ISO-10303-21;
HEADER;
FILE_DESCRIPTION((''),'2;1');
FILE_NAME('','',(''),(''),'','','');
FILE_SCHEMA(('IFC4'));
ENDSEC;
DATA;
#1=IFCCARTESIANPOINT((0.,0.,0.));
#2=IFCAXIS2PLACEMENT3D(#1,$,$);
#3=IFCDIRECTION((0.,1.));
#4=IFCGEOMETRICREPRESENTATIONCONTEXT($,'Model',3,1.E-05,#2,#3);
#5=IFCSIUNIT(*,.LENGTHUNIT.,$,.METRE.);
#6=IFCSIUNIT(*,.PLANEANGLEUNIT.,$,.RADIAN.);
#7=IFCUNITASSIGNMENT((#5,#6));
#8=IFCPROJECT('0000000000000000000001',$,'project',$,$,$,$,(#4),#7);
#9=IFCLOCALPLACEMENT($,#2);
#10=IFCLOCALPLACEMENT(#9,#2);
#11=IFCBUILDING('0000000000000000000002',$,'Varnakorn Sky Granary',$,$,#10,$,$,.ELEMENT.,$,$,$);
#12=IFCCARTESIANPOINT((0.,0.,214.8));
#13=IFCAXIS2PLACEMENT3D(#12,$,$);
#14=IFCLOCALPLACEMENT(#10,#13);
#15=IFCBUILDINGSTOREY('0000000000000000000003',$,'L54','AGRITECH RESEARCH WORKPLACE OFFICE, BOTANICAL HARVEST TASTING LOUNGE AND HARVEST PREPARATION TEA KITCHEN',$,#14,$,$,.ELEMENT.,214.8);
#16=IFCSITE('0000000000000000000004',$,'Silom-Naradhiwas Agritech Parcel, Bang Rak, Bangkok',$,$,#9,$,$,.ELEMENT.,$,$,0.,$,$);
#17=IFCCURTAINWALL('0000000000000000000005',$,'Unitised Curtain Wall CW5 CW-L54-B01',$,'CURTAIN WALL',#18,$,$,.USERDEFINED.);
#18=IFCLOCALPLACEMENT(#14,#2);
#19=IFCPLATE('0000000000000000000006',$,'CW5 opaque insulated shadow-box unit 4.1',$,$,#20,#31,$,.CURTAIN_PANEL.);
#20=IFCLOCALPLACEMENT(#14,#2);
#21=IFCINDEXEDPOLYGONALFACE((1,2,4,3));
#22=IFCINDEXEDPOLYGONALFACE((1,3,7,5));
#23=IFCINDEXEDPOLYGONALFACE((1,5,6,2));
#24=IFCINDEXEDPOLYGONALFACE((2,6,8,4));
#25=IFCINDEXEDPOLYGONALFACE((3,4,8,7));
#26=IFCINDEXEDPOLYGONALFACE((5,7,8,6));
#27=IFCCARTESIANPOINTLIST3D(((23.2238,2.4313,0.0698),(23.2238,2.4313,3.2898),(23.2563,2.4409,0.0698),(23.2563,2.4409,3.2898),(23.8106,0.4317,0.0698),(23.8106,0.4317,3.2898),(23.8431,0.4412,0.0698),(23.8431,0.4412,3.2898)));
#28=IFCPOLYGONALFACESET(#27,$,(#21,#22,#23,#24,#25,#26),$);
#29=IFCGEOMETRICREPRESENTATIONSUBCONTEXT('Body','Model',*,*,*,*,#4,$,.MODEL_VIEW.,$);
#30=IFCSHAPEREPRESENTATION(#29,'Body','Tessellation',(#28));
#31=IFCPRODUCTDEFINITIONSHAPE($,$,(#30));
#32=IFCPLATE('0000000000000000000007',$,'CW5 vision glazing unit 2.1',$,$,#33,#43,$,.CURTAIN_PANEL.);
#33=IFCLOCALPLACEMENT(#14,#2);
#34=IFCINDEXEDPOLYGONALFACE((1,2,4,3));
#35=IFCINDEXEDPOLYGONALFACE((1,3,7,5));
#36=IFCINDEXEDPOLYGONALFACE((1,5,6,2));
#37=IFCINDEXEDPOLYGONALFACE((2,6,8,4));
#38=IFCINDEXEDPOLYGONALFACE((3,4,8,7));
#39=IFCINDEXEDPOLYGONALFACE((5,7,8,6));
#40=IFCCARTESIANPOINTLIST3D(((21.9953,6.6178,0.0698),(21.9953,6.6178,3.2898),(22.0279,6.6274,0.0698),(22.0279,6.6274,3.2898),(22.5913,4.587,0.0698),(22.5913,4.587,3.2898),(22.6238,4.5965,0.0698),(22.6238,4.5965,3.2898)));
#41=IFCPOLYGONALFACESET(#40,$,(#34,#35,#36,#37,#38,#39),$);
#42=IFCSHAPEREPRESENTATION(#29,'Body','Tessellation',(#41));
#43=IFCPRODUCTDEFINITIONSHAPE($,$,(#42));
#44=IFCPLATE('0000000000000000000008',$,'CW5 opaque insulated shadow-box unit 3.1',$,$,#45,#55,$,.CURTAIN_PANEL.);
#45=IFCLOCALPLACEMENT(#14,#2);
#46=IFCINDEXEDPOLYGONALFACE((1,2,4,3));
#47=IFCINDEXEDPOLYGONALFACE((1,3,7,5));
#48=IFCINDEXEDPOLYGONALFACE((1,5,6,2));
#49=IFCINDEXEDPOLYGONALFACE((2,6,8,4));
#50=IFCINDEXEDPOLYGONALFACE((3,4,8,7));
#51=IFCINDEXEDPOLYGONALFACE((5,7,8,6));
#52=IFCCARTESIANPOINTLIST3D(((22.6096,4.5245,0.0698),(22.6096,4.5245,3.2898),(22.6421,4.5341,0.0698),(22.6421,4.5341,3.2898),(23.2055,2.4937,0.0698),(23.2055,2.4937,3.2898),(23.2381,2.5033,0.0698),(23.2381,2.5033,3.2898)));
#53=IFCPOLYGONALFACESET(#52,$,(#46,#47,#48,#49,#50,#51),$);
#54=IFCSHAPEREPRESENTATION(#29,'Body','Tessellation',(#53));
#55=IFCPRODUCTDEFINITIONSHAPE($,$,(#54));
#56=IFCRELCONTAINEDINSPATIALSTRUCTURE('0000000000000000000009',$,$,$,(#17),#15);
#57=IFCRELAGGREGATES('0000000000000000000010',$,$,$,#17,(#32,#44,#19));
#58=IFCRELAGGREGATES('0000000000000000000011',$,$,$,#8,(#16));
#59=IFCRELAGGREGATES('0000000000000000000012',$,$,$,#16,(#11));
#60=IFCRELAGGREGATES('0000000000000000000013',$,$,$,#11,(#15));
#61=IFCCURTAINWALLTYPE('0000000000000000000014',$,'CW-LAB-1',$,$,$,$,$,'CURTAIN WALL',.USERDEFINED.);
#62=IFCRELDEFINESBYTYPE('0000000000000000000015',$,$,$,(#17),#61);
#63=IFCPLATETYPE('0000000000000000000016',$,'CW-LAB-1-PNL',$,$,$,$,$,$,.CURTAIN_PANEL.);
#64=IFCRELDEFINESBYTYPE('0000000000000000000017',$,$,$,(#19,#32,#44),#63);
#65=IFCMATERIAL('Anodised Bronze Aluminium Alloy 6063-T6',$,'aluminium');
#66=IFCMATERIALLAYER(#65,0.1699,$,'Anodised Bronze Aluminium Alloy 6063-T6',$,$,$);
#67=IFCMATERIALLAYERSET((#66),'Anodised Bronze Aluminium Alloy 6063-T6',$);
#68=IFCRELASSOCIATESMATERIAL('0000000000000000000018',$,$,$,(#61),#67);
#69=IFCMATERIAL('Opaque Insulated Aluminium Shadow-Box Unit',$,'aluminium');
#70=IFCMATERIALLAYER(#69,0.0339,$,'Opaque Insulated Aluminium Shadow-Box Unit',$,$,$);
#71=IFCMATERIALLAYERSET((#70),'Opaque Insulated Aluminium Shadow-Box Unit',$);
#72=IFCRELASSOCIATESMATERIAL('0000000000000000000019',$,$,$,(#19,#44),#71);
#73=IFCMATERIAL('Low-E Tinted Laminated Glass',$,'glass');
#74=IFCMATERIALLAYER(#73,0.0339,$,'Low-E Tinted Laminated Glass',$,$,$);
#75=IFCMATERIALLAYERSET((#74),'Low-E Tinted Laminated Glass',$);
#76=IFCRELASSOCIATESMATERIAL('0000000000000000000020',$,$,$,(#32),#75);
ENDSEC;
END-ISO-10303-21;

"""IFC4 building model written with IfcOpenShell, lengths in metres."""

from ifc_helpers import new_model, si_unit, direction, frame, origin, origin_2d, place, context, subcontext, project, spatial, rectangle, extrude, source, transform, mapped, material, layer, layer_set, type_object, type_shapes, element, aggregate, save


model = new_model("IFC4")

# Units and contexts
model_context = context("Model", 3, precision=1e-05, world=origin(), true_north=direction((0.0, 1.0)))
body_context = subcontext(model_context, "Body", "Model", "MODEL_VIEW")
ifc_project = project(units=[si_unit("LENGTHUNIT", "METRE"), si_unit("PLANEANGLEUNIT", "RADIAN")], contexts=[model_context])

# Site, building, storey
site_placement = place(None, origin())
site = spatial("IfcSite", under=ifc_project, at=site_placement, Name="Silom-Naradhiwas Agritech Parcel, Bang Rak, Bangkok", CompositionType="ELEMENT", RefElevation=0.0)
building_placement = place(site_placement, origin())
building = spatial("IfcBuilding", under=site, at=building_placement, Name="Varnakorn Sky Granary", CompositionType="ELEMENT")
storey_placement = place(building_placement, frame((0.0, 0.0, 214.8)))
storey = spatial("IfcBuildingStorey", under=building, at=storey_placement, Name="L54", Description="AGRITECH RESEARCH WORKPLACE OFFICE, BOTANICAL HARVEST TASTING LOUNGE AND HARVEST PREPARATION TEA KITCHEN", CompositionType="ELEMENT", Elevation=214.8)

# Curtain wall
ifc_material_1 = material(Name="Anodised Bronze Aluminium Alloy 6063-T6", Category="aluminium")
ifc_layer_1 = layer(ifc_material_1, 0.1699, Name="Anodised Bronze Aluminium Alloy 6063-T6")
ifc_layer_set_1 = layer_set([ifc_layer_1], Name="Anodised Bronze Aluminium Alloy 6063-T6")
curtain_wall_type = type_object("IfcCurtainWallType", Name="CW-LAB-1", ElementType="CURTAIN WALL", PredefinedType="USERDEFINED", material=ifc_layer_set_1)
curtain_wall_1_placement = place(storey_placement, origin())
curtain_wall_1 = element("IfcCurtainWall", 1, at=curtain_wall_1_placement, inside=storey, type_object=curtain_wall_type, Name="Unitised Curtain Wall CW5 CW-L54-B01", ObjectType="CURTAIN WALL", PredefinedType="USERDEFINED")

# Plates
ifc_material_2 = material(Name="Low-E Tinted Laminated Glass", Category="glass")
ifc_layer_2 = layer(ifc_material_2, 0.0339, Name="Low-E Tinted Laminated Glass")
ifc_layer_set_2 = layer_set([ifc_layer_2], Name="Low-E Tinted Laminated Glass")
plate_type = type_object("IfcPlateType", Name="CW-LAB-1-PNL", PredefinedType="CURTAIN_PANEL")
shared_shape_1 = source(origin(), body_context, "Body", "SweptSolid", [
    extrude(rectangle(XDim=2.084, YDim=0.0339, at=origin_2d()), origin(), (0.0, 0.0, 1.0), 3.22),
])
ifc_material_3 = material(Name="Opaque Insulated Aluminium Shadow-Box Unit", Category="aluminium")
ifc_layer_3 = layer(ifc_material_3, 0.0339, Name="Opaque Insulated Aluminium Shadow-Box Unit")
ifc_layer_set_3 = layer_set([ifc_layer_3], Name="Opaque Insulated Aluminium Shadow-Box Unit")
plate_1_placement = place(storey_placement, frame((23.5334, 1.4363, 0.0698), z_axis=(0.0, 0.0, 1.0), x_axis=(0.281572, -0.95954, 0.0)))
plate_1 = element("IfcPlate", 2, at=plate_1_placement, type_object=plate_type, material=ifc_layer_set_3, Name="CW5 opaque insulated shadow-box unit 4.1", PredefinedType="CURTAIN_PANEL", context=body_context, shape_type="MappedRepresentation", body=[
    mapped(shared_shape_1, transform((0.0, 0.0, 0.0), x_axis=(1.0, 0.0, 0.0), y_axis=(0.0, 1.0, 0.0), z_axis=(0.0, 0.0, 1.0), scale=1.0)),
])
shared_shape_2 = source(origin(), body_context, "Body", "SweptSolid", [
    extrude(rectangle(XDim=2.1165, YDim=0.0339, at=origin_2d()), origin(), (0.0, 0.0, 1.0), 3.22),
])
type_shapes(plate_type, [shared_shape_1, shared_shape_2])
plate_2_placement = place(storey_placement, frame((22.3096, 5.6072, 0.0698), z_axis=(0.0, 0.0, 1.0), x_axis=(0.281572, -0.95954, 0.0)))
plate_2 = element("IfcPlate", 3, at=plate_2_placement, type_object=plate_type, material=ifc_layer_set_2, Name="CW5 vision glazing unit 2.1", PredefinedType="CURTAIN_PANEL", context=body_context, shape_type="MappedRepresentation", body=[
    mapped(shared_shape_2, transform((0.0, 0.0, 0.0), x_axis=(1.0, 0.0, 0.0), y_axis=(0.0, 1.0, 0.0), z_axis=(0.0, 0.0, 1.0), scale=1.0)),
])
plate_3_placement = place(storey_placement, frame((22.9238, 3.5139, 0.0698), z_axis=(0.0, 0.0, 1.0), x_axis=(0.281572, -0.95954, 0.0)))
plate_3 = element("IfcPlate", 4, at=plate_3_placement, type_object=plate_type, material=ifc_layer_set_3, Name="CW5 opaque insulated shadow-box unit 3.1", PredefinedType="CURTAIN_PANEL", context=body_context, shape_type="MappedRepresentation", body=[
    mapped(shared_shape_2, transform((0.0, 0.0, 0.0), x_axis=(1.0, 0.0, 0.0), y_axis=(0.0, 1.0, 0.0), z_axis=(0.0, 0.0, 1.0), scale=1.0)),
])
aggregate(curtain_wall_1, [plate_2, plate_3, plate_1])

save(model, "model.ifc")
